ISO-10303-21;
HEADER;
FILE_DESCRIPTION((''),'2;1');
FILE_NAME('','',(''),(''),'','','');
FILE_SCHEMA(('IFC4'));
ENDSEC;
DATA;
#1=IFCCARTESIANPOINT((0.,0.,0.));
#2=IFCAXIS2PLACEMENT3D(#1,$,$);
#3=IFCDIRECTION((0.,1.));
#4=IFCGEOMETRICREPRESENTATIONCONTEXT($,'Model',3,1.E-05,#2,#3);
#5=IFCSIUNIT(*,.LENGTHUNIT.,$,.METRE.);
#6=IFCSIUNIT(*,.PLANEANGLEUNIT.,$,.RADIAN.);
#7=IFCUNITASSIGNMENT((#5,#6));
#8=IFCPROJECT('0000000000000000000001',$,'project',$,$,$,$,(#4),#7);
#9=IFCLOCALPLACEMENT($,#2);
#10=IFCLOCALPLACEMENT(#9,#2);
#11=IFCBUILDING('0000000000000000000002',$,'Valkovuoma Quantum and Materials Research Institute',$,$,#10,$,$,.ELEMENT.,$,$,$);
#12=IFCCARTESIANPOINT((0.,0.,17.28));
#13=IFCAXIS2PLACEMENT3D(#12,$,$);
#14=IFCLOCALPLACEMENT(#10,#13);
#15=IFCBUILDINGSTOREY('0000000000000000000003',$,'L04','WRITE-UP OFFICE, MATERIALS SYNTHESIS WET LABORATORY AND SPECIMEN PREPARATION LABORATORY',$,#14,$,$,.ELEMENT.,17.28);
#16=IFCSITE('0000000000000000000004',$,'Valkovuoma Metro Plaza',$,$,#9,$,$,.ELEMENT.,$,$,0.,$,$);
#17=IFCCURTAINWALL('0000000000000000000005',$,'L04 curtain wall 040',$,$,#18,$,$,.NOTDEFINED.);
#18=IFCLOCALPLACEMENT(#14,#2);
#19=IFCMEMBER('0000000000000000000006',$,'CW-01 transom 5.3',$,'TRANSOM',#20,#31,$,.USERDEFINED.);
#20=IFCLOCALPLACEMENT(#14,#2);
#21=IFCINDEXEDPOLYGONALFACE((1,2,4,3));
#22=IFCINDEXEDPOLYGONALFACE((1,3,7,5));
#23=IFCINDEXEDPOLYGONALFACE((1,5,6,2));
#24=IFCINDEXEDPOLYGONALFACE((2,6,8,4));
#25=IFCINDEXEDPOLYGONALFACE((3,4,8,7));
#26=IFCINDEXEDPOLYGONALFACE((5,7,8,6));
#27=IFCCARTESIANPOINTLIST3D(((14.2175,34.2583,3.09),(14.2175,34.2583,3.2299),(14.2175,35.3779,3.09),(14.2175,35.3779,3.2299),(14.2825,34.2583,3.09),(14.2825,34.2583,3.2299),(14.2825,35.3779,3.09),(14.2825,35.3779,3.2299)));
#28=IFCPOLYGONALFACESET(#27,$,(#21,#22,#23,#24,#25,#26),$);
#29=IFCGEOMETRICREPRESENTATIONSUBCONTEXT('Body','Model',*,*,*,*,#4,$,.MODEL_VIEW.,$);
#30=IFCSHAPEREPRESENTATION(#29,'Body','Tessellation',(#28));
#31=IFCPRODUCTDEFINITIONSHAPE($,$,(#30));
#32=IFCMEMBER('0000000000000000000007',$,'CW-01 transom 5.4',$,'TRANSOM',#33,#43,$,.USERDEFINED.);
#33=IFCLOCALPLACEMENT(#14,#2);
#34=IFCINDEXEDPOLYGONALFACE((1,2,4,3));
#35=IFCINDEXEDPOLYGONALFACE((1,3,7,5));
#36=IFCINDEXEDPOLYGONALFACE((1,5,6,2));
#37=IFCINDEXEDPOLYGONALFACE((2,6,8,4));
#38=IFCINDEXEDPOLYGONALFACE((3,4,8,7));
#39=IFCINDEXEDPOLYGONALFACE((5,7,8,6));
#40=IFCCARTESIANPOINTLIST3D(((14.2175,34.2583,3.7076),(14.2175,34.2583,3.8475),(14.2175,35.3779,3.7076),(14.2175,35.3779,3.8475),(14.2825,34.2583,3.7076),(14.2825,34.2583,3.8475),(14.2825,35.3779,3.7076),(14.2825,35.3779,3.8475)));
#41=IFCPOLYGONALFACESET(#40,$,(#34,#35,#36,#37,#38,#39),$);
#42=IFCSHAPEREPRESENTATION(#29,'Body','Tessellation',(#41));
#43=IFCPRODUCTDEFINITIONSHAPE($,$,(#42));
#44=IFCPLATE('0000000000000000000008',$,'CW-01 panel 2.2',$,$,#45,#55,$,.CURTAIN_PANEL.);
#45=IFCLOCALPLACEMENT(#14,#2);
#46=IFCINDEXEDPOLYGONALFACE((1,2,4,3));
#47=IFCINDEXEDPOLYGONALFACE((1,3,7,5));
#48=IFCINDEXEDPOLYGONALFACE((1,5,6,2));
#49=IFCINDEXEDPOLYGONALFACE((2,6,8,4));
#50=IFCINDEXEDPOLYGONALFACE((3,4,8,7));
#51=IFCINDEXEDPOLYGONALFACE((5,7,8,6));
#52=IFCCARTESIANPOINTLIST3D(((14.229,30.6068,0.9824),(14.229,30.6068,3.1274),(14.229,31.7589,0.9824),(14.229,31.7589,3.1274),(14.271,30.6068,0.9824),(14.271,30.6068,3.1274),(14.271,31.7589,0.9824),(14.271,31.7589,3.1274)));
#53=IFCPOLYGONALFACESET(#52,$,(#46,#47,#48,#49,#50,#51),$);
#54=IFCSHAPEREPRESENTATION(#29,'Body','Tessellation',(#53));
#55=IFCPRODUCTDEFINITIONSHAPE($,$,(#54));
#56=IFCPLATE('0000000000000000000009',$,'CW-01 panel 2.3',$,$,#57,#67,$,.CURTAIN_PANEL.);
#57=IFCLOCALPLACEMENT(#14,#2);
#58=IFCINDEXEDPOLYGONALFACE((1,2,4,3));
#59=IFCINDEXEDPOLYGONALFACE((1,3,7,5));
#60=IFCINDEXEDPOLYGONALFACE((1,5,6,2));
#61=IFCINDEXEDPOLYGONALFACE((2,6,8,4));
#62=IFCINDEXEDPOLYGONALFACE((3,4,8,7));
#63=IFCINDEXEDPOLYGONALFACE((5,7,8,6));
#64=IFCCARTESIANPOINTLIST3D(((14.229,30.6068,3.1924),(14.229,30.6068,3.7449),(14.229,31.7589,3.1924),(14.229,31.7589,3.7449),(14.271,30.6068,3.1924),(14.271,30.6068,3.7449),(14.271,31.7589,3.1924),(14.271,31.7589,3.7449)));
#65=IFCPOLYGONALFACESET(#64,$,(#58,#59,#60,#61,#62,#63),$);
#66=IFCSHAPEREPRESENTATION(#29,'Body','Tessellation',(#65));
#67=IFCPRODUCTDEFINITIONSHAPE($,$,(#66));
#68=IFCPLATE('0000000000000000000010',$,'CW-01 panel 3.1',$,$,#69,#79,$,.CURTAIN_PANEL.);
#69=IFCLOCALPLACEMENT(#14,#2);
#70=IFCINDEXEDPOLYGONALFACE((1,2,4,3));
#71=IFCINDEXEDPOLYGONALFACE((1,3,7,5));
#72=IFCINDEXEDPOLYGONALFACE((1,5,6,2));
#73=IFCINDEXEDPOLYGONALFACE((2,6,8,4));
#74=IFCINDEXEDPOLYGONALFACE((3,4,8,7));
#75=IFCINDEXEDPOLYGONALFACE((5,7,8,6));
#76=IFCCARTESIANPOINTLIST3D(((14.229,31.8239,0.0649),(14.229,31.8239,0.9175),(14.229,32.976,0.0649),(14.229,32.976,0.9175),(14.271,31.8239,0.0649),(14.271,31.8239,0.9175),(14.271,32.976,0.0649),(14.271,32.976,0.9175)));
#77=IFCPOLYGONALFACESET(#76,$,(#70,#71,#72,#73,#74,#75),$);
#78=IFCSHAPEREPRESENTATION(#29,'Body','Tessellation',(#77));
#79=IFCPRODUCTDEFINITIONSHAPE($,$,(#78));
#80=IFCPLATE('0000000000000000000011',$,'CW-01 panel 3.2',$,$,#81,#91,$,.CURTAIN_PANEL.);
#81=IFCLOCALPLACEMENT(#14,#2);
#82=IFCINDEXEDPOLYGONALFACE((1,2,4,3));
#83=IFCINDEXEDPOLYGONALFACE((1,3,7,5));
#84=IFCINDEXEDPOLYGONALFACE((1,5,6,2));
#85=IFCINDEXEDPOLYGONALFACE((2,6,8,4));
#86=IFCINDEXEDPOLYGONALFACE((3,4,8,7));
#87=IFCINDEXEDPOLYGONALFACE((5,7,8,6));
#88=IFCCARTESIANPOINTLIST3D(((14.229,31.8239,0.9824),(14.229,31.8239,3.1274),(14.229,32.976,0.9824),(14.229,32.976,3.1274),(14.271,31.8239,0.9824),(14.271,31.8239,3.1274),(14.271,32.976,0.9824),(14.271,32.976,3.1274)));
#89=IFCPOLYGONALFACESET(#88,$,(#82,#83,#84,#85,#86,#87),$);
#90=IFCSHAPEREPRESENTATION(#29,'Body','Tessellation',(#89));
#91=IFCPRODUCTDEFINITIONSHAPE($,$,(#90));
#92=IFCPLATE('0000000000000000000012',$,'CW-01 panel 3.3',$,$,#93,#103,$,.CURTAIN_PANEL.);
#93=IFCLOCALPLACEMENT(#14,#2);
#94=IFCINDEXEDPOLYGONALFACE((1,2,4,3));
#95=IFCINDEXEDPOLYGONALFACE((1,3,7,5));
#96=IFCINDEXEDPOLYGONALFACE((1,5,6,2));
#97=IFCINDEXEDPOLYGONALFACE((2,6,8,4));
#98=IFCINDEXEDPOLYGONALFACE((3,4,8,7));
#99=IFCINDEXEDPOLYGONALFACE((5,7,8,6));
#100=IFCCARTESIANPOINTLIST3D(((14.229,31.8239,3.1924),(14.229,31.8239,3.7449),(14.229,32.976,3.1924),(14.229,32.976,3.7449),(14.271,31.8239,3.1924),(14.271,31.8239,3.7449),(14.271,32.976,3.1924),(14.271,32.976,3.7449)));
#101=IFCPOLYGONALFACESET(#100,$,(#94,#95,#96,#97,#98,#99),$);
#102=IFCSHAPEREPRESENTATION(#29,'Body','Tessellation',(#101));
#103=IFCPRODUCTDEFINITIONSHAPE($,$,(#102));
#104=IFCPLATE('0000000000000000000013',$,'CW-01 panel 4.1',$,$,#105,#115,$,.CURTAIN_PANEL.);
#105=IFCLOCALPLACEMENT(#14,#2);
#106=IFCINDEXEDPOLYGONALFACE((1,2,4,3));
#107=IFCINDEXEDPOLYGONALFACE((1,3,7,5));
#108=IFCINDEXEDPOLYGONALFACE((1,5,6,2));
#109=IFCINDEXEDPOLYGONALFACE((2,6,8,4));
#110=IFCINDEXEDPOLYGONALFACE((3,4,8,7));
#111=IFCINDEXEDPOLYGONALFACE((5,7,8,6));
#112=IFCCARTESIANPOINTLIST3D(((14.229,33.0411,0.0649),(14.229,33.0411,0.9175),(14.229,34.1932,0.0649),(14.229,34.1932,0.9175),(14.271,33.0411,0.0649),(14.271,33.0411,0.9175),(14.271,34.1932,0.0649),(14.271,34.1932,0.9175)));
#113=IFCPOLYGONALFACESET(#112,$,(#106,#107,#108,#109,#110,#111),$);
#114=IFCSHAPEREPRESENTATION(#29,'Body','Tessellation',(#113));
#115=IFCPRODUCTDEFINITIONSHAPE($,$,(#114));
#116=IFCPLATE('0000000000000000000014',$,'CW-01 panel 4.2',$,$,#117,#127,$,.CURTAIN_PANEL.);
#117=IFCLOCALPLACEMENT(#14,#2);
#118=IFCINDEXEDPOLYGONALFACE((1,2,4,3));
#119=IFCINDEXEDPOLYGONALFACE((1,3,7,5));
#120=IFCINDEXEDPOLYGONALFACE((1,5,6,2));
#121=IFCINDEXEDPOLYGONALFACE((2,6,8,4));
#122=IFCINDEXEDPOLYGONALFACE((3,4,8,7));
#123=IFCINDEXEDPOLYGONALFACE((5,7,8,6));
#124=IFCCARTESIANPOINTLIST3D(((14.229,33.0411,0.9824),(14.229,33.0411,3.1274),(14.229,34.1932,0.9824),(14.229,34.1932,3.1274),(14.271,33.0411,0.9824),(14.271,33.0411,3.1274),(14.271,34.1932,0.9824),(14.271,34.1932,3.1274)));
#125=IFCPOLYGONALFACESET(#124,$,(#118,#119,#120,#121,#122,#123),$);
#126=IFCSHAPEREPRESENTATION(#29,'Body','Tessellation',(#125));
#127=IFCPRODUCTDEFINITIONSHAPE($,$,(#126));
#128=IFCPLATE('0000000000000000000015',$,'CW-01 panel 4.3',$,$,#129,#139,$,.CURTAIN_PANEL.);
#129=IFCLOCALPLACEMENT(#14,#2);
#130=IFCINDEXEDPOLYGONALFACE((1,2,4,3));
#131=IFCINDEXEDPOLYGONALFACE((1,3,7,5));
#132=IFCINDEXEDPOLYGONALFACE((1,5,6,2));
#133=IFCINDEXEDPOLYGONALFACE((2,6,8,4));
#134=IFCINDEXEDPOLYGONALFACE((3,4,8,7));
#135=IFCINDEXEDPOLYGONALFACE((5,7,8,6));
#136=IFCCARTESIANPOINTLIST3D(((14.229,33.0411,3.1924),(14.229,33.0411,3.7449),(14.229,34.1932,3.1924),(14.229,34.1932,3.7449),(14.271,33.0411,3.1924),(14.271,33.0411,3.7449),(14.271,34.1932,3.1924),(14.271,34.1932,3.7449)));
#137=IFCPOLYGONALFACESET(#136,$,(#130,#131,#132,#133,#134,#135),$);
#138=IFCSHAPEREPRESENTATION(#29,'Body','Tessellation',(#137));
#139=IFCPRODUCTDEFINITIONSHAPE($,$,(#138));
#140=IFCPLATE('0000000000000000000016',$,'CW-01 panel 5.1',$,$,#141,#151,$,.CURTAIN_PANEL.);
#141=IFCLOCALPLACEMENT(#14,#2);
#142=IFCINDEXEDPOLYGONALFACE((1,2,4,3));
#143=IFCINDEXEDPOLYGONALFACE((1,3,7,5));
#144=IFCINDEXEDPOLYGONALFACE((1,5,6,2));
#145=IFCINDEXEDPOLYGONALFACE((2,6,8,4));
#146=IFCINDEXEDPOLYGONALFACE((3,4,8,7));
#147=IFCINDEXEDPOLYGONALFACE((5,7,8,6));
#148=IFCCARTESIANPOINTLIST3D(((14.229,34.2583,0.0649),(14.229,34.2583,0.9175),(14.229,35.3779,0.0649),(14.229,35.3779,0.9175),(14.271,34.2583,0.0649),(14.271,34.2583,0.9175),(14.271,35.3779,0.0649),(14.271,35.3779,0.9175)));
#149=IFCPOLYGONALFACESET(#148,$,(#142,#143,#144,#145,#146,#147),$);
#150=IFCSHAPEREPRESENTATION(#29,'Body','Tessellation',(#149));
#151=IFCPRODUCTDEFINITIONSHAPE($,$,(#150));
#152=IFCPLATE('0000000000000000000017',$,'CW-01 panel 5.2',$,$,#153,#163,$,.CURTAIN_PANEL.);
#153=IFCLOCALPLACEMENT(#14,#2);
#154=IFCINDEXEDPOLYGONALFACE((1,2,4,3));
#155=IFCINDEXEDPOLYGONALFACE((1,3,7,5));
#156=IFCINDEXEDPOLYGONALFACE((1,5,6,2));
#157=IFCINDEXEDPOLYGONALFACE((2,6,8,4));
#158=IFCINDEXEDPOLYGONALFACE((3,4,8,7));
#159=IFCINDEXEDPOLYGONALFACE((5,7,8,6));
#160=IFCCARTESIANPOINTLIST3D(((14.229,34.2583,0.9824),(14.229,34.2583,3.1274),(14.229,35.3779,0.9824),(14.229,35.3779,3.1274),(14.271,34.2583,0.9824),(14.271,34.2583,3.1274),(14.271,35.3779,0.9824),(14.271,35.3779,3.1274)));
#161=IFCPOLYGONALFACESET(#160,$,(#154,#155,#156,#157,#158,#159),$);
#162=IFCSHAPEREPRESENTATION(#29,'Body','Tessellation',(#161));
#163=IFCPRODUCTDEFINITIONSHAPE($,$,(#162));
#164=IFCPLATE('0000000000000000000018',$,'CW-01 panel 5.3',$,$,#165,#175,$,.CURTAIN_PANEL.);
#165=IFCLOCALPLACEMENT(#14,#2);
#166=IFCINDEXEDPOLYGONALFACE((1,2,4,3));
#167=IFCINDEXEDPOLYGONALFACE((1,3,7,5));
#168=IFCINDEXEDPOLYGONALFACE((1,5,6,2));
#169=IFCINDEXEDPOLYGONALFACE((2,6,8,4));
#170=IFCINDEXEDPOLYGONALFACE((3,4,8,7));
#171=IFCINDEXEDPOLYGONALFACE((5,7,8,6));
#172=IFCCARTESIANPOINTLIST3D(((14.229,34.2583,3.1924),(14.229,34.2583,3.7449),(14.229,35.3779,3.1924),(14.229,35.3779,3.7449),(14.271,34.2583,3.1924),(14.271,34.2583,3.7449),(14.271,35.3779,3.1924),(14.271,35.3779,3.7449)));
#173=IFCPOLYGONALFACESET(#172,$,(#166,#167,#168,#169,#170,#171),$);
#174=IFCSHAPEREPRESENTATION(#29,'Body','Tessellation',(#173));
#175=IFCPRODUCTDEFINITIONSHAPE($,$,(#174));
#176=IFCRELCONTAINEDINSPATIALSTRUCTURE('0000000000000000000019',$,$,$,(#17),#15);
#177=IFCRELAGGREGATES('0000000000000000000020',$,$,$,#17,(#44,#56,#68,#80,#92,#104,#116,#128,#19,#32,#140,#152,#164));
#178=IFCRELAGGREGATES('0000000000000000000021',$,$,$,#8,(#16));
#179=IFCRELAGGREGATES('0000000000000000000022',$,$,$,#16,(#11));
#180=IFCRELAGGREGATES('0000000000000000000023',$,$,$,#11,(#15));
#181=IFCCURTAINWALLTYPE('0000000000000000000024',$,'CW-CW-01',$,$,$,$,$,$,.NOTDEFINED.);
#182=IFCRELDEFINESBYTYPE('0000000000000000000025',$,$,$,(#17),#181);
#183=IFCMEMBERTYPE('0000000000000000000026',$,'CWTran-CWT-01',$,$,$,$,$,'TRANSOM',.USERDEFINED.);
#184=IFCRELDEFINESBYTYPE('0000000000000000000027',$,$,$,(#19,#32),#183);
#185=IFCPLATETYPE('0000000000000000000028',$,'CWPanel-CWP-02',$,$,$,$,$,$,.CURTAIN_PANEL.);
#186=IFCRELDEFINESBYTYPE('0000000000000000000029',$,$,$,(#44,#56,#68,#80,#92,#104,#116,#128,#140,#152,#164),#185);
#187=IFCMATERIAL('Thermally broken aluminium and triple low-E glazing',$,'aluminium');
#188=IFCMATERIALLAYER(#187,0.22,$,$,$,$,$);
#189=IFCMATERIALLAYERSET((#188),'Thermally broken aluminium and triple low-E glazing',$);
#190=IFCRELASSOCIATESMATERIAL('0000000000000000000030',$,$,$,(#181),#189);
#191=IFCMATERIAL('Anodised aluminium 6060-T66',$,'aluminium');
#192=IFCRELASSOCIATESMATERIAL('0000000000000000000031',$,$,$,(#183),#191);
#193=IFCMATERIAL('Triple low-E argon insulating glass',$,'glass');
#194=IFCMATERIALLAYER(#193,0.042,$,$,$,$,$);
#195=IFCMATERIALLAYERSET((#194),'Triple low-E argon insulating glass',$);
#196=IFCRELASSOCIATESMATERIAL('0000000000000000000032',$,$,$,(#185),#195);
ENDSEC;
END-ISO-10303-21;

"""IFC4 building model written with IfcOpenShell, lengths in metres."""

from ifc_helpers import new_model, si_unit, direction, frame, origin, origin_2d, place, context, subcontext, project, spatial, rectangle, extrude, material, layer, layer_set, material_profile, profile_set, type_object, element, aggregate, save


model = new_model("IFC4")

# Units and contexts
model_context = context("Model", 3, precision=1e-05, world=origin(), true_north=direction((0.0, 1.0)))
body_context = subcontext(model_context, "Body", "Model", "MODEL_VIEW")
ifc_project = project(units=[si_unit("LENGTHUNIT", "METRE"), si_unit("PLANEANGLEUNIT", "RADIAN")], contexts=[model_context])

# Site, building, storey
site_placement = place(None, origin())
site = spatial("IfcSite", under=ifc_project, at=site_placement, Name="Valkovuoma Metro Plaza", CompositionType="ELEMENT", RefElevation=0.0)
building_placement = place(site_placement, origin())
building = spatial("IfcBuilding", under=site, at=building_placement, Name="Valkovuoma Quantum and Materials Research Institute", CompositionType="ELEMENT")
storey_placement = place(building_placement, frame((0.0, 0.0, 17.28)))
storey = spatial("IfcBuildingStorey", under=building, at=storey_placement, Name="L04", Description="WRITE-UP OFFICE, MATERIALS SYNTHESIS WET LABORATORY AND SPECIMEN PREPARATION LABORATORY", CompositionType="ELEMENT", Elevation=17.28)

# Curtain wall
ifc_material_1 = material(Name="Thermally broken aluminium and triple low-E glazing", Category="aluminium")
ifc_layer_1 = layer(ifc_material_1, 0.22)
ifc_layer_set_1 = layer_set([ifc_layer_1], Name="Thermally broken aluminium and triple low-E glazing")
curtain_wall_type = type_object("IfcCurtainWallType", Name="CW-CW-01", PredefinedType="NOTDEFINED", material=ifc_layer_set_1)
curtain_wall_1_placement = place(storey_placement, origin())
curtain_wall_1 = element("IfcCurtainWall", 1, at=curtain_wall_1_placement, inside=storey, type_object=curtain_wall_type, Name="L04 curtain wall 040", PredefinedType="NOTDEFINED")

# Members
ifc_material_2 = material(Name="Anodised aluminium 6060-T66", Category="aluminium")
ifc_material_profile_1 = material_profile(ifc_material_2, rectangle(XDim=0.0649, YDim=0.1399, at=origin_2d()), Name="Anodised aluminium 6060-T66")
ifc_profile_set_1 = profile_set([ifc_material_profile_1], Name="Anodised aluminium 6060-T66")
member_type_1 = type_object("IfcMemberType", Name="CWTran-CWT-01", ElementType="TRANSOM", PredefinedType="USERDEFINED", material=ifc_profile_set_1)
member_1_placement = place(storey_placement, frame((14.25, 34.2583, 3.1599), z_axis=(0.0, 1.0, 0.0), x_axis=(-1.0, 0.0, 0.0)))
member_1 = element("IfcMember", 2, at=member_1_placement, type_object=member_type_1, Name="CW-01 transom 5.3", ObjectType="TRANSOM", PredefinedType="USERDEFINED", context=body_context, shape_type="SweptSolid", body=[
    extrude(rectangle(XDim=0.0649, YDim=0.1399, at=origin_2d()), origin(), (0.0, 0.0, 1.0), 1.1196),
])
member_2_placement = place(storey_placement, frame((14.25, 34.2583, 3.7776), z_axis=(0.0, 1.0, 0.0), x_axis=(-1.0, 0.0, 0.0)))
member_2 = element("IfcMember", 3, at=member_2_placement, type_object=member_type_1, Name="CW-01 transom 5.4", ObjectType="TRANSOM", PredefinedType="USERDEFINED", context=body_context, shape_type="SweptSolid", body=[
    extrude(rectangle(XDim=0.0649, YDim=0.1399, at=origin_2d()), origin(), (0.0, 0.0, 1.0), 1.1196),
])

# Plates
ifc_material_3 = material(Name="Triple low-E argon insulating glass", Category="glass")
ifc_layer_2 = layer(ifc_material_3, 0.042)
ifc_layer_set_2 = layer_set([ifc_layer_2], Name="Triple low-E argon insulating glass")
plate_type = type_object("IfcPlateType", Name="CWPanel-CWP-02", PredefinedType="CURTAIN_PANEL", material=ifc_layer_set_2)
plate_1_placement = place(storey_placement, frame((14.25, 31.1829, 0.9824), z_axis=(0.0, 0.0, 1.0), x_axis=(0.0, 1.0, 0.0)))
plate_1 = element("IfcPlate", 4, at=plate_1_placement, type_object=plate_type, Name="CW-01 panel 2.2", PredefinedType="CURTAIN_PANEL", context=body_context, shape_type="SweptSolid", body=[
    extrude(rectangle(XDim=1.1521, YDim=0.042, at=origin_2d()), origin(), (0.0, 0.0, 1.0), 2.145),
])
plate_2_placement = place(storey_placement, frame((14.25, 31.1829, 3.1924), z_axis=(0.0, 0.0, 1.0), x_axis=(0.0, 1.0, 0.0)))
plate_2 = element("IfcPlate", 5, at=plate_2_placement, type_object=plate_type, Name="CW-01 panel 2.3", PredefinedType="CURTAIN_PANEL", context=body_context, shape_type="SweptSolid", body=[
    extrude(rectangle(XDim=1.1521, YDim=0.042, at=origin_2d()), origin(), (0.0, 0.0, 1.0), 0.5525),
])
plate_3_placement = place(storey_placement, frame((14.25, 32.3999, 0.0649), z_axis=(0.0, 0.0, 1.0), x_axis=(0.0, 1.0, 0.0)))
plate_3 = element("IfcPlate", 6, at=plate_3_placement, type_object=plate_type, Name="CW-01 panel 3.1", PredefinedType="CURTAIN_PANEL", context=body_context, shape_type="SweptSolid", body=[
    extrude(rectangle(XDim=1.1521, YDim=0.042, at=origin_2d()), origin(), (0.0, 0.0, 1.0), 0.8525),
])
plate_4_placement = place(storey_placement, frame((14.25, 32.3999, 0.9824), z_axis=(0.0, 0.0, 1.0), x_axis=(0.0, 1.0, 0.0)))
plate_4 = element("IfcPlate", 7, at=plate_4_placement, type_object=plate_type, Name="CW-01 panel 3.2", PredefinedType="CURTAIN_PANEL", context=body_context, shape_type="SweptSolid", body=[
    extrude(rectangle(XDim=1.1521, YDim=0.042, at=origin_2d()), origin(), (0.0, 0.0, 1.0), 2.145),
])
plate_5_placement = place(storey_placement, frame((14.25, 32.3999, 3.1924), z_axis=(0.0, 0.0, 1.0), x_axis=(0.0, 1.0, 0.0)))
plate_5 = element("IfcPlate", 8, at=plate_5_placement, type_object=plate_type, Name="CW-01 panel 3.3", PredefinedType="CURTAIN_PANEL", context=body_context, shape_type="SweptSolid", body=[
    extrude(rectangle(XDim=1.1521, YDim=0.042, at=origin_2d()), origin(), (0.0, 0.0, 1.0), 0.5525),
])
plate_6_placement = place(storey_placement, frame((14.25, 33.6172, 0.0649), z_axis=(0.0, 0.0, 1.0), x_axis=(0.0, 1.0, 0.0)))
plate_6 = element("IfcPlate", 9, at=plate_6_placement, type_object=plate_type, Name="CW-01 panel 4.1", PredefinedType="CURTAIN_PANEL", context=body_context, shape_type="SweptSolid", body=[
    extrude(rectangle(XDim=1.1521, YDim=0.042, at=origin_2d()), origin(), (0.0, 0.0, 1.0), 0.8525),
])
plate_7_placement = place(storey_placement, frame((14.25, 33.6172, 0.9824), z_axis=(0.0, 0.0, 1.0), x_axis=(0.0, 1.0, 0.0)))
plate_7 = element("IfcPlate", 10, at=plate_7_placement, type_object=plate_type, Name="CW-01 panel 4.2", PredefinedType="CURTAIN_PANEL", context=body_context, shape_type="SweptSolid", body=[
    extrude(rectangle(XDim=1.1521, YDim=0.042, at=origin_2d()), origin(), (0.0, 0.0, 1.0), 2.145),
])
plate_8_placement = place(storey_placement, frame((14.25, 33.6172, 3.1924), z_axis=(0.0, 0.0, 1.0), x_axis=(0.0, 1.0, 0.0)))
plate_8 = element("IfcPlate", 11, at=plate_8_placement, type_object=plate_type, Name="CW-01 panel 4.3", PredefinedType="CURTAIN_PANEL", context=body_context, shape_type="SweptSolid", body=[
    extrude(rectangle(XDim=1.1521, YDim=0.042, at=origin_2d()), origin(), (0.0, 0.0, 1.0), 0.5525),
])
plate_9_placement = place(storey_placement, frame((14.25, 34.8181, 0.0649), z_axis=(0.0, 0.0, 1.0), x_axis=(0.0, 1.0, 0.0)))
plate_9 = element("IfcPlate", 12, at=plate_9_placement, type_object=plate_type, Name="CW-01 panel 5.1", PredefinedType="CURTAIN_PANEL", context=body_context, shape_type="SweptSolid", body=[
    extrude(rectangle(XDim=1.1196, YDim=0.042, at=origin_2d()), origin(), (0.0, 0.0, 1.0), 0.8525),
])
plate_10_placement = place(storey_placement, frame((14.25, 34.8181, 0.9824), z_axis=(0.0, 0.0, 1.0), x_axis=(0.0, 1.0, 0.0)))
plate_10 = element("IfcPlate", 13, at=plate_10_placement, type_object=plate_type, Name="CW-01 panel 5.2", PredefinedType="CURTAIN_PANEL", context=body_context, shape_type="SweptSolid", body=[
    extrude(rectangle(XDim=1.1196, YDim=0.042, at=origin_2d()), origin(), (0.0, 0.0, 1.0), 2.145),
])
plate_11_placement = place(storey_placement, frame((14.25, 34.8181, 3.1924), z_axis=(0.0, 0.0, 1.0), x_axis=(0.0, 1.0, 0.0)))
plate_11 = element("IfcPlate", 14, at=plate_11_placement, type_object=plate_type, Name="CW-01 panel 5.3", PredefinedType="CURTAIN_PANEL", context=body_context, shape_type="SweptSolid", body=[
    extrude(rectangle(XDim=1.1196, YDim=0.042, at=origin_2d()), origin(), (0.0, 0.0, 1.0), 0.5525),
])
aggregate(curtain_wall_1, [plate_1, plate_2, plate_3, plate_4, plate_5, plate_6, plate_7, plate_8, member_1, member_2, plate_9, plate_10, plate_11])

save(model, "model.ifc")
